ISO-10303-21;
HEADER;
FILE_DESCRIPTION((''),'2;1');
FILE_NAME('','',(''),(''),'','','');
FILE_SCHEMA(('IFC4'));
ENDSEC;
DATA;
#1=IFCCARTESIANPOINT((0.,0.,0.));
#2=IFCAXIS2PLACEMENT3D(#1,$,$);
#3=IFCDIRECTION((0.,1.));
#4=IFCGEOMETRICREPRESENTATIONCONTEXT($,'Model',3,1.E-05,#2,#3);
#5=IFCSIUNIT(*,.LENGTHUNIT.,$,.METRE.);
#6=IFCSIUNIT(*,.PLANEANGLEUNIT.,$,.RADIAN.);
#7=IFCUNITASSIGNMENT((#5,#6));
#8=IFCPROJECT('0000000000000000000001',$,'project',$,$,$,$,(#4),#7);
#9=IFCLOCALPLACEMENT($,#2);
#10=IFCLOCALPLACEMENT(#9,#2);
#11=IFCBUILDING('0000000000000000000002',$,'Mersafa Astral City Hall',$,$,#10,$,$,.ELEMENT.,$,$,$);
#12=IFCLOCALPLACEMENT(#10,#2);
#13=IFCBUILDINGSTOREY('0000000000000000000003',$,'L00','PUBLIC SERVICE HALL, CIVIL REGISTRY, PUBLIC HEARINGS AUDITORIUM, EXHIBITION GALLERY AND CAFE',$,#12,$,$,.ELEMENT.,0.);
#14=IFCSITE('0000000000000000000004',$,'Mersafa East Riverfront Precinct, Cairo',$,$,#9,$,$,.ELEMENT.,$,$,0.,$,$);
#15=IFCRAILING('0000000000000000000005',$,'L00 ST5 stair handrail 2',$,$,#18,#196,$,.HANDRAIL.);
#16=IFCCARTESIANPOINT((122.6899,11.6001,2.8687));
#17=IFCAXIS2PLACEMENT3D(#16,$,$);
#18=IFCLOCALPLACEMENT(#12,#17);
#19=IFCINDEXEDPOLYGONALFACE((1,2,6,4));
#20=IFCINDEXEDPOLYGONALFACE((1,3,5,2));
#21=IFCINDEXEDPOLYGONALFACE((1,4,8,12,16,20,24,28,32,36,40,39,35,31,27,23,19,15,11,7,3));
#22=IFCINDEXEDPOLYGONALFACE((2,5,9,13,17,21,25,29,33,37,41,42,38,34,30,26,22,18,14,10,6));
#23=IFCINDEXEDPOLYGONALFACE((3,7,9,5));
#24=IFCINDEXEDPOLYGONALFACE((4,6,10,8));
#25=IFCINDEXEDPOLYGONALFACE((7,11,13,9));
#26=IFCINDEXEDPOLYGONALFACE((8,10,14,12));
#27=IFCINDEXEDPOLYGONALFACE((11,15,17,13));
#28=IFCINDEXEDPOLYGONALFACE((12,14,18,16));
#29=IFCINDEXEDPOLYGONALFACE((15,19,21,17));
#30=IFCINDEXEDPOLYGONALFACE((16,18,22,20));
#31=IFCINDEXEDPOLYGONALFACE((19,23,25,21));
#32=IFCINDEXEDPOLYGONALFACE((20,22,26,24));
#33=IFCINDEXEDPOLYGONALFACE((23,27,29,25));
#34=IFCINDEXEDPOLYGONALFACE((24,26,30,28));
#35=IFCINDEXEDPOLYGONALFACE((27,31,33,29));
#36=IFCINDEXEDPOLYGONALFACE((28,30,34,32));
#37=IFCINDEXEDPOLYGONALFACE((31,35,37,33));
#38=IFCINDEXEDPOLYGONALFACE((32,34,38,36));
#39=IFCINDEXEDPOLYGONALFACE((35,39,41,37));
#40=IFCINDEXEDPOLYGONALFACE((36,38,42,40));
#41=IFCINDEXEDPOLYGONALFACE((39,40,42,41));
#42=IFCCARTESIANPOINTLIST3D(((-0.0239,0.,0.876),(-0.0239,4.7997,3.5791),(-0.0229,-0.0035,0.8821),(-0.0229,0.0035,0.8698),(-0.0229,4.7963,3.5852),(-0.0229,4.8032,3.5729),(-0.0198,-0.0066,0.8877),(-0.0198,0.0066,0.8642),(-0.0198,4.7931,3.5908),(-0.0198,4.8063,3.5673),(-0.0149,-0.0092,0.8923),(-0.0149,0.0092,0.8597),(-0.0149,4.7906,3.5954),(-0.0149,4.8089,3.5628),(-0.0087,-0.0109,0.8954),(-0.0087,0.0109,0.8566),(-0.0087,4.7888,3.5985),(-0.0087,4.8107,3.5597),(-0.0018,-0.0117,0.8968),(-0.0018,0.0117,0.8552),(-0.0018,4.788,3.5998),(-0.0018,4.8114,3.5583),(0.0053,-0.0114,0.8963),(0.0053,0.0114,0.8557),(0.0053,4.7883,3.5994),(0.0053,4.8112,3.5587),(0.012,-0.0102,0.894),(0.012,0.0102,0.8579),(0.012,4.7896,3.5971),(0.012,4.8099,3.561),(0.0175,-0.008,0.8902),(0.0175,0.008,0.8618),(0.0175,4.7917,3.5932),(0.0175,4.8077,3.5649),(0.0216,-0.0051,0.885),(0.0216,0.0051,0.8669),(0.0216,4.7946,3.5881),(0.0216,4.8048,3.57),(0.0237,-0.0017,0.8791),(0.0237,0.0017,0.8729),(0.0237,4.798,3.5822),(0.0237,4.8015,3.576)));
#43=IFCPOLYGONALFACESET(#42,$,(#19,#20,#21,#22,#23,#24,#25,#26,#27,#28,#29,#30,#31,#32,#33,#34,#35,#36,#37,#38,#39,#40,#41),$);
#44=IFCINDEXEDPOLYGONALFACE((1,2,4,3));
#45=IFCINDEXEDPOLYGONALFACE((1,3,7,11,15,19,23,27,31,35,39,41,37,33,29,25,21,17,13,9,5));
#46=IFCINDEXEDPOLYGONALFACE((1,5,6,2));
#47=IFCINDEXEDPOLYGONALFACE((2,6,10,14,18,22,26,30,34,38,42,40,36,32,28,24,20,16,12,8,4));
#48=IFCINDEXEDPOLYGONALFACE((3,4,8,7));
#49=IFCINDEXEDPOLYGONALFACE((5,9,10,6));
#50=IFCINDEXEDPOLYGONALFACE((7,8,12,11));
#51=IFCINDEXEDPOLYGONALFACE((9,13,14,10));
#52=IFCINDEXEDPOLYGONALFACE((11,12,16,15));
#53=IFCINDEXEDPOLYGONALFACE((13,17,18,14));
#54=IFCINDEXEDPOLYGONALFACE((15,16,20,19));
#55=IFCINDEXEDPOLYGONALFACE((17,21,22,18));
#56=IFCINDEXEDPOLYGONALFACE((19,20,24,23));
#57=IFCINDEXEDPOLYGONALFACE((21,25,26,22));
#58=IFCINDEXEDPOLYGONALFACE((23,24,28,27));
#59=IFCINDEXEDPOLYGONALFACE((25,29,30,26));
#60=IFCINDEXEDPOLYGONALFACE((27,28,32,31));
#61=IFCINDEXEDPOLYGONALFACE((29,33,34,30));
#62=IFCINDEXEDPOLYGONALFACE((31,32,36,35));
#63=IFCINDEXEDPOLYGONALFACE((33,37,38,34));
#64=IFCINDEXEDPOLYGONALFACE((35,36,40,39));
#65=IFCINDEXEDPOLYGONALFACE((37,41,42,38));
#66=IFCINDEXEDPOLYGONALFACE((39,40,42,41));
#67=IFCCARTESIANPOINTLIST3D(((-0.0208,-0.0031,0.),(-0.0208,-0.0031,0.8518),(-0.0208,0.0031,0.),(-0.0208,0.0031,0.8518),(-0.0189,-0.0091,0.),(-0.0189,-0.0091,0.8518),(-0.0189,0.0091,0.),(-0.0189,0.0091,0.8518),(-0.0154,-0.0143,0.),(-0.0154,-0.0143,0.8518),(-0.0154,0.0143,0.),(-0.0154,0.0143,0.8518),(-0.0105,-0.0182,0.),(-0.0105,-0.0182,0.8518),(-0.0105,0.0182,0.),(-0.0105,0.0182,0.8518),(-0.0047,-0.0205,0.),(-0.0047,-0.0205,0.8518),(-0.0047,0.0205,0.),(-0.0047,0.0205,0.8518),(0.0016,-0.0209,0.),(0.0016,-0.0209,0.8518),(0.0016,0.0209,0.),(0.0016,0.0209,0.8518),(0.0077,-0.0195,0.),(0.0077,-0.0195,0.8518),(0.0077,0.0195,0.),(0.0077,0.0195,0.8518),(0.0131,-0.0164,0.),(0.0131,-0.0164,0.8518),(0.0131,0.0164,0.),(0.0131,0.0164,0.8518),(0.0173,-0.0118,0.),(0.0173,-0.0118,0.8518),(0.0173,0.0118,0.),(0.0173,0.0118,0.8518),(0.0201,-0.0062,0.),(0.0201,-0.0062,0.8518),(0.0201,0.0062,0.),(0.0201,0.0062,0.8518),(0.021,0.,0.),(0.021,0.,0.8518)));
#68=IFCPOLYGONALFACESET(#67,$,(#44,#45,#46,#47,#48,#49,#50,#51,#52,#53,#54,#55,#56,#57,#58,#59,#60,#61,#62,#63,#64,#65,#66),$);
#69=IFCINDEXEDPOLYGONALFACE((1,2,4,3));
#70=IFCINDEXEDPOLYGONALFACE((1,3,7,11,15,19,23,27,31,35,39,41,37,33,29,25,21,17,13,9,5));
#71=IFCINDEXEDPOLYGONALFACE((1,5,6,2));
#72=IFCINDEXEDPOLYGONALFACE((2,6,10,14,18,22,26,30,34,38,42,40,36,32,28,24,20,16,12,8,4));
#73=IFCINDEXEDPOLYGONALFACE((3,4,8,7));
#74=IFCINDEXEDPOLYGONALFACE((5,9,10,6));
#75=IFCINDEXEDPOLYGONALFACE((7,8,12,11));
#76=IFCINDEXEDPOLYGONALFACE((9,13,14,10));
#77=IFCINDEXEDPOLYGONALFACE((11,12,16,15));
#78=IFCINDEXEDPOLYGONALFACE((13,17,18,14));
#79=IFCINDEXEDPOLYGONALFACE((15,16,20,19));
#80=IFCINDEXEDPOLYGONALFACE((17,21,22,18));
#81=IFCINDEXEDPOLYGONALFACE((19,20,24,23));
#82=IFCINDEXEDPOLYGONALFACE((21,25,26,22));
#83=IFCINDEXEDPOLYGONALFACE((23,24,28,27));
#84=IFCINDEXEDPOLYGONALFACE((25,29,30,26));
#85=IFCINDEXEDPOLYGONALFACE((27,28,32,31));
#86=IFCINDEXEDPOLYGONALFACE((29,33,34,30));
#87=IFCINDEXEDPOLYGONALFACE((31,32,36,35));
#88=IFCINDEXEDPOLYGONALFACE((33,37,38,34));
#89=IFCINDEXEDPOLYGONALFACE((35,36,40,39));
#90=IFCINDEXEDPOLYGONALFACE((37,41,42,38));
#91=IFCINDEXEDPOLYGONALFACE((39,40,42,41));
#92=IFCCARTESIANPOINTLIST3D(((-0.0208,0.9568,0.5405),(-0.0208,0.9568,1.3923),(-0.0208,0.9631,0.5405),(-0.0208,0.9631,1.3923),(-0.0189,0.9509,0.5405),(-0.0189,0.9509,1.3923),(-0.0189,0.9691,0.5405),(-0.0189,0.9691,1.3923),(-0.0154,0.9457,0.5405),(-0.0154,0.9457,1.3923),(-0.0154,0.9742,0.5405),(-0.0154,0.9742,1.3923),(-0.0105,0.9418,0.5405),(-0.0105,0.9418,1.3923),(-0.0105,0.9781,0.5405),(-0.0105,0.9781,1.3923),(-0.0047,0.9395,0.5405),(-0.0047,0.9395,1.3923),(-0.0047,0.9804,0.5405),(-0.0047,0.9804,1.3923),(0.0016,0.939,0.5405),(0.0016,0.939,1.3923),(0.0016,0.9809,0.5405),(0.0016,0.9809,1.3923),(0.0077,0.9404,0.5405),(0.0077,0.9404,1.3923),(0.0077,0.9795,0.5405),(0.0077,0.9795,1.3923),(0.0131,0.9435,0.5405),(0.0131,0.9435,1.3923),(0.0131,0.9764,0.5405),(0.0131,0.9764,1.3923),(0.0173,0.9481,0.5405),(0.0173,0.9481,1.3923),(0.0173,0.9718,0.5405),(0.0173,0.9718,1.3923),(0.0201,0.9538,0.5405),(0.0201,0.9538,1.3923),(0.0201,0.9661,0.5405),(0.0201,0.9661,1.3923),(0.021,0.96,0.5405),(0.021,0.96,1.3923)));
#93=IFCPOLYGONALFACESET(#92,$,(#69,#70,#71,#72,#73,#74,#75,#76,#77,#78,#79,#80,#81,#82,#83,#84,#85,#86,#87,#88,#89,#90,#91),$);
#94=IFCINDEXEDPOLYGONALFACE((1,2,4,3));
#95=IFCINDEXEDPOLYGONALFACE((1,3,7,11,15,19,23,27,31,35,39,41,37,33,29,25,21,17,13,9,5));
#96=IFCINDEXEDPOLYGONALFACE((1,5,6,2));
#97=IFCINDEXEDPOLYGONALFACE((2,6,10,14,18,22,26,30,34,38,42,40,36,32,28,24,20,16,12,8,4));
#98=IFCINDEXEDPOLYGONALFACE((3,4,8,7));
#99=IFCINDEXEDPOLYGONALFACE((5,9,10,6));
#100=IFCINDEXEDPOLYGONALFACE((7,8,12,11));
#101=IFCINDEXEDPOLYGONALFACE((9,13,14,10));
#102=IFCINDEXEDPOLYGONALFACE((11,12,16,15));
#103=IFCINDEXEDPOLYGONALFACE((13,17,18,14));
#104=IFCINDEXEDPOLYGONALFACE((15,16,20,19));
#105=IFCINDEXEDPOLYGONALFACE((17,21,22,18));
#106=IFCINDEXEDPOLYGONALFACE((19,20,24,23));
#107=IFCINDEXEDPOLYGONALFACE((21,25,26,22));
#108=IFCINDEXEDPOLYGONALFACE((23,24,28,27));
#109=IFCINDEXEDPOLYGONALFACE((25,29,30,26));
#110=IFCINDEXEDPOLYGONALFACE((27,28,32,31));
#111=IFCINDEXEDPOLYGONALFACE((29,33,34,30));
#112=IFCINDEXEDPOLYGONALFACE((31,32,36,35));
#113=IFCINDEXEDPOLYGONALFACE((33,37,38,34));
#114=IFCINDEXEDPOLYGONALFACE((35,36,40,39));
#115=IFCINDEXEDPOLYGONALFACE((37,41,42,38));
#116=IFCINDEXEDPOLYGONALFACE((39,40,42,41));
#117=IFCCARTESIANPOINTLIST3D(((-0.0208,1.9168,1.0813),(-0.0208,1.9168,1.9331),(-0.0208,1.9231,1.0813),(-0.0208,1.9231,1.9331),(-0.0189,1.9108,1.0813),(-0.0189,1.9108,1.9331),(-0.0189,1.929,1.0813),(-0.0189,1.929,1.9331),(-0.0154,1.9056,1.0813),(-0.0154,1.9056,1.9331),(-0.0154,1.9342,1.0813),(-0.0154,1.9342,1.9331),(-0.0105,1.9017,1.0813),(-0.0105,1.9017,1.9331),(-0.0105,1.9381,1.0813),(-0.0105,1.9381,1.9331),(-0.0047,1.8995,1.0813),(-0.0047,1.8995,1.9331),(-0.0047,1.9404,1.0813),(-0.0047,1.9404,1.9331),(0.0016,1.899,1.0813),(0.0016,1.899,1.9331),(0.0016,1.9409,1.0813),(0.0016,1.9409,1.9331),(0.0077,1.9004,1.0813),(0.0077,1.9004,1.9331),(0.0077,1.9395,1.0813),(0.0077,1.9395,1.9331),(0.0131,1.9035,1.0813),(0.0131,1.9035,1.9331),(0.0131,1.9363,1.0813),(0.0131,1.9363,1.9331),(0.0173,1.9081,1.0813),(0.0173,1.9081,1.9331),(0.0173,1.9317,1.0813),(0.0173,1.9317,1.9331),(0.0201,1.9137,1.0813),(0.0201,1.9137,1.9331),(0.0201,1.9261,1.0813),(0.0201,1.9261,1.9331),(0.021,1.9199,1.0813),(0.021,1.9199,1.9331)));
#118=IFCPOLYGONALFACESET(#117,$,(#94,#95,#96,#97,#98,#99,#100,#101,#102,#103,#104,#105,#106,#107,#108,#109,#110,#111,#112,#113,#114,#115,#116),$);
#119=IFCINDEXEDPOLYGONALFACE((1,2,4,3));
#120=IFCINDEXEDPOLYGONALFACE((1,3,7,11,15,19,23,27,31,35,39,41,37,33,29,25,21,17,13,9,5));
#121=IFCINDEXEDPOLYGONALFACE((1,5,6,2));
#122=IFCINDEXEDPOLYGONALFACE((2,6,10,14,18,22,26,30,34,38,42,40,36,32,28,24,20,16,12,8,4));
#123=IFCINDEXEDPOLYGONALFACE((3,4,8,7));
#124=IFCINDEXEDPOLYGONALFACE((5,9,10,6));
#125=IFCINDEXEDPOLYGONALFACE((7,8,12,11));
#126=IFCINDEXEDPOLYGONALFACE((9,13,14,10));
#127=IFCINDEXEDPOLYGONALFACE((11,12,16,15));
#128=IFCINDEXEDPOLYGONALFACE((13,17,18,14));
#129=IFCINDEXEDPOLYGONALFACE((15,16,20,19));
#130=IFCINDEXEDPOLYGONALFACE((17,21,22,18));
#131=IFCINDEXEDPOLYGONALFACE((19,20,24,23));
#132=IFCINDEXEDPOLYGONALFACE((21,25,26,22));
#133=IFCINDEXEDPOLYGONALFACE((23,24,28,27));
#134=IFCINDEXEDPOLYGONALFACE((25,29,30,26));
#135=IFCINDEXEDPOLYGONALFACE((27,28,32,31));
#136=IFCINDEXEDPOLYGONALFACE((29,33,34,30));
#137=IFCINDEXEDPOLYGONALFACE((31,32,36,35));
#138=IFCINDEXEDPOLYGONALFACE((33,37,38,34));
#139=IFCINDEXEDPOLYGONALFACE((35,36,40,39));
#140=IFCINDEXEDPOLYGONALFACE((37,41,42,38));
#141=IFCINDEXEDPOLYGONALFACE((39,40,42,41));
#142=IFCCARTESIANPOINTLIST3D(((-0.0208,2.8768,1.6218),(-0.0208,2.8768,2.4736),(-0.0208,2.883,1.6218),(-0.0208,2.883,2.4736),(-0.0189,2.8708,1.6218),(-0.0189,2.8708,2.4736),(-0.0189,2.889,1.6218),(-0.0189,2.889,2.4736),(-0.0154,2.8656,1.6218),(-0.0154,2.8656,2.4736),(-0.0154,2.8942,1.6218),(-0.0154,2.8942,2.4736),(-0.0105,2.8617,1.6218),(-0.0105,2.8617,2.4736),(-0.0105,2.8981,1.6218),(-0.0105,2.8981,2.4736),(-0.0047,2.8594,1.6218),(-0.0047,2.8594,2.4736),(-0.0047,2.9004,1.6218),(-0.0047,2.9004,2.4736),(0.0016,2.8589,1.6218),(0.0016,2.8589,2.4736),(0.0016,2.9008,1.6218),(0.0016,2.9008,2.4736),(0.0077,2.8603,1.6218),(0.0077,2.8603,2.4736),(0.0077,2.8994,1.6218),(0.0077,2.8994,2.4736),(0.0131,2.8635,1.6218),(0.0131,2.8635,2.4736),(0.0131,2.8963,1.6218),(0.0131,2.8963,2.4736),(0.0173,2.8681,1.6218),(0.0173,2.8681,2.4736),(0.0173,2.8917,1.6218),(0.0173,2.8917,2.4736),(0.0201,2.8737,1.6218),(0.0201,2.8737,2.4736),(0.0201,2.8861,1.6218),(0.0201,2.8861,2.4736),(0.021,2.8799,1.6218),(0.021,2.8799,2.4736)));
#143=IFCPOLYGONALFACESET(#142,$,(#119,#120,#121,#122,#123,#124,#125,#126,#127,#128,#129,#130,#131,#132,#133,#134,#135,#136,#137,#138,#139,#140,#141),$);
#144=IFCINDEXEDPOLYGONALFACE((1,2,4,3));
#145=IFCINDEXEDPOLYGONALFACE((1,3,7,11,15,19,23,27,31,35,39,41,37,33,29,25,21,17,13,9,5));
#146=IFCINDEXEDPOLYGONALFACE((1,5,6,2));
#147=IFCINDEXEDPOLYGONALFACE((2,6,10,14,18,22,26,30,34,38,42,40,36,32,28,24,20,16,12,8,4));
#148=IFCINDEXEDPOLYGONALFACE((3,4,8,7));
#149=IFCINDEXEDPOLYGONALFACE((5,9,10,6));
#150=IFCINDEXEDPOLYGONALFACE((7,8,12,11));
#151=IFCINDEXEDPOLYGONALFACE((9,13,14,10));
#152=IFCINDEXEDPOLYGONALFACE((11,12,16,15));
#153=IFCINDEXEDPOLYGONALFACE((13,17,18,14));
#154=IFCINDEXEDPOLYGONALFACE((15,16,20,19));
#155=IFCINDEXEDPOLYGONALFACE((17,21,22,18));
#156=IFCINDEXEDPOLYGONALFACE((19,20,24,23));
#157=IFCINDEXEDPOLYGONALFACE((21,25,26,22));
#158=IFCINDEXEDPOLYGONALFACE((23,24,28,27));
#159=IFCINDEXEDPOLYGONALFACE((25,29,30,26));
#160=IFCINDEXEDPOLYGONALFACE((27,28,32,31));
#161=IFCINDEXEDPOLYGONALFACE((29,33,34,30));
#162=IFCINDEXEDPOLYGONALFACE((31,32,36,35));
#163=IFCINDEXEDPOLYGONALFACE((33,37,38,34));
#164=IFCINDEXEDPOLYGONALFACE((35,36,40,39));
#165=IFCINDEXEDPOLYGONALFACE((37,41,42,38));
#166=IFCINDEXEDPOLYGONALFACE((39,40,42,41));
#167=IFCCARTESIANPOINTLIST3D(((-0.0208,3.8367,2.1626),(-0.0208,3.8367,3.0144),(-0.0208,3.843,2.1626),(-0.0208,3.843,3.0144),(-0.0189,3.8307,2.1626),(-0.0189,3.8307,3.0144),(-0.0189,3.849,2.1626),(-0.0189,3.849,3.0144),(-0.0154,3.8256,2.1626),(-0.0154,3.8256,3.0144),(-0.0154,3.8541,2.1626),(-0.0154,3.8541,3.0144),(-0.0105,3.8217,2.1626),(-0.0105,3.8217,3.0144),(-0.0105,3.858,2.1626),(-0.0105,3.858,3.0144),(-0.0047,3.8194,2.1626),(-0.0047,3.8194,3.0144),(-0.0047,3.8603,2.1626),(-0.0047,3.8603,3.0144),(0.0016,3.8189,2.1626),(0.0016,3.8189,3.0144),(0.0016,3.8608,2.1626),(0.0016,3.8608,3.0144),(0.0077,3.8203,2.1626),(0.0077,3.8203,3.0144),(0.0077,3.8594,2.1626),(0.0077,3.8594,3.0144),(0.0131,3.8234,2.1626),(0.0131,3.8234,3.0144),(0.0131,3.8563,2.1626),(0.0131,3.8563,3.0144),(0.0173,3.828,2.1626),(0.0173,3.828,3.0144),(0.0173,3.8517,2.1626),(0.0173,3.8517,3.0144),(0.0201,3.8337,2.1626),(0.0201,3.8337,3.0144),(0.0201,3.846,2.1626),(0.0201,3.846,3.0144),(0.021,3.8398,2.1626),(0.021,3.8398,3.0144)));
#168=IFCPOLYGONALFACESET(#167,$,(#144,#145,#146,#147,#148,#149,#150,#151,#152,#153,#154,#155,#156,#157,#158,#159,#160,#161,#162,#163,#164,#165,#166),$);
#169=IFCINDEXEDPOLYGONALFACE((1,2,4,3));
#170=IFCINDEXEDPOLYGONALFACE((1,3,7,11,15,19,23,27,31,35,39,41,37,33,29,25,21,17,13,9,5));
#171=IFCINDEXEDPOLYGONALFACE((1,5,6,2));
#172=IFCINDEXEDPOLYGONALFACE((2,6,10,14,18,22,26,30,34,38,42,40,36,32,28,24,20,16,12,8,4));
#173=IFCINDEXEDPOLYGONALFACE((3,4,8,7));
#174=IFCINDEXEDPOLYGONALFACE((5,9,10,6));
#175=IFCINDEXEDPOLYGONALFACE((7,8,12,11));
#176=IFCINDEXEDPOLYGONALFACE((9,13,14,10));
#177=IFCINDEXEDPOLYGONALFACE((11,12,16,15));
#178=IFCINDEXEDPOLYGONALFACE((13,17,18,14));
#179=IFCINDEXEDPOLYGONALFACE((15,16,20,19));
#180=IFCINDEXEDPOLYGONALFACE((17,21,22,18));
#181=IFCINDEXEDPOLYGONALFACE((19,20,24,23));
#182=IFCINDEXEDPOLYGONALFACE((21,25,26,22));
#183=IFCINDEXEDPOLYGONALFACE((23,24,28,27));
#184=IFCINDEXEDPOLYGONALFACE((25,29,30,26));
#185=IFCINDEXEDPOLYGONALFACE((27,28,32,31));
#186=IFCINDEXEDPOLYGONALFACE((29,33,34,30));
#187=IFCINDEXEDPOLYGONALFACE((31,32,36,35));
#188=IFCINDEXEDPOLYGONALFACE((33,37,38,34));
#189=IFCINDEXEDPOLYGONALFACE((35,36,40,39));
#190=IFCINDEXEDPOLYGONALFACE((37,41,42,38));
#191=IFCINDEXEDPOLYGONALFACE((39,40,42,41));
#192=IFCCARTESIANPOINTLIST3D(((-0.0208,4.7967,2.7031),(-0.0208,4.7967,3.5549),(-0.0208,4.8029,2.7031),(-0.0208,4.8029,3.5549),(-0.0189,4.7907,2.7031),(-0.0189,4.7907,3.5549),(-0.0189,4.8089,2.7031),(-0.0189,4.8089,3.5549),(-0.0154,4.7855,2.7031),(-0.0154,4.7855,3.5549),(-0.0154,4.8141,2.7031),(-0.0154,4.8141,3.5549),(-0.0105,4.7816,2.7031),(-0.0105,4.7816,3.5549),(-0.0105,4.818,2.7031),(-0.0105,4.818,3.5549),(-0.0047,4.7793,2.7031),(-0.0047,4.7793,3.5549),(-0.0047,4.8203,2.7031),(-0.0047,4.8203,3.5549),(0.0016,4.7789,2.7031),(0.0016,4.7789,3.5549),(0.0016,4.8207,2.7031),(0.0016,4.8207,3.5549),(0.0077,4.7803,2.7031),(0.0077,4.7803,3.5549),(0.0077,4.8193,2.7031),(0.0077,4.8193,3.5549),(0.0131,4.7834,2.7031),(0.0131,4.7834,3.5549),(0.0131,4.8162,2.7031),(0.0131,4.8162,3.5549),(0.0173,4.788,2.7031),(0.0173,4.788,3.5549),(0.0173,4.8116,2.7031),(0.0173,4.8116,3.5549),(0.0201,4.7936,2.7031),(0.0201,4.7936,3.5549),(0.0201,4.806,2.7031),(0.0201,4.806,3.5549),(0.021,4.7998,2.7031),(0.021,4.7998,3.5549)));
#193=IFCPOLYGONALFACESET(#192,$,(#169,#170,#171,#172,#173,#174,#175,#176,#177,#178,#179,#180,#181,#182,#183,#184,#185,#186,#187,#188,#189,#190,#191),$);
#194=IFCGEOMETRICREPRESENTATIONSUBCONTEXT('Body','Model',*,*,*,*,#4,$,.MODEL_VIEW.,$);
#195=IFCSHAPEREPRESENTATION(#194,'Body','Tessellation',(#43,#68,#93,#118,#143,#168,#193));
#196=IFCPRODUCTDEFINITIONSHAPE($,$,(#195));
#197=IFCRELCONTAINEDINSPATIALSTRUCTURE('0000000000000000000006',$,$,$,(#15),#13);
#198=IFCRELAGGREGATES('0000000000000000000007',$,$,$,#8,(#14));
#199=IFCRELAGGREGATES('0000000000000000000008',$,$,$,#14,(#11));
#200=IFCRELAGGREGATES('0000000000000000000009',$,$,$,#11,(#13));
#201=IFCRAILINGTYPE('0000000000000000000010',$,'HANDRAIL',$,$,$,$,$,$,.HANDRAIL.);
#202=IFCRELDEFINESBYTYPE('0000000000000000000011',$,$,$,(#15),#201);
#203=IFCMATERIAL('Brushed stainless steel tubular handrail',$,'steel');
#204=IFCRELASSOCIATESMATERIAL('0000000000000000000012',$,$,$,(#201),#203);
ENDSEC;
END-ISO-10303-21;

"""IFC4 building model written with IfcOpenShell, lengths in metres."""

from ifc_helpers import new_model, si_unit, direction, frame, origin, origin_2d, place, context, subcontext, project, spatial, circle, extrude, material, type_object, element, save


model = new_model("IFC4")

# Units and contexts
model_context = context("Model", 3, precision=1e-05, world=origin(), true_north=direction((0.0, 1.0)))
body_context = subcontext(model_context, "Body", "Model", "MODEL_VIEW")
ifc_project = project(units=[si_unit("LENGTHUNIT", "METRE"), si_unit("PLANEANGLEUNIT", "RADIAN")], contexts=[model_context])

# Site, building, storey
site_placement = place(None, origin())
site = spatial("IfcSite", under=ifc_project, at=site_placement, Name="Mersafa East Riverfront Precinct, Cairo", CompositionType="ELEMENT", RefElevation=0.0)
building_placement = place(site_placement, origin())
building = spatial("IfcBuilding", under=site, at=building_placement, Name="Mersafa Astral City Hall", CompositionType="ELEMENT")
storey_placement = place(building_placement, origin())
storey = spatial("IfcBuildingStorey", under=building, at=storey_placement, Name="L00", Description="PUBLIC SERVICE HALL, CIVIL REGISTRY, PUBLIC HEARINGS AUDITORIUM, EXHIBITION GALLERY AND CAFE", CompositionType="ELEMENT", Elevation=0.0)

# Railing
ifc_material_1 = material(Name="Brushed stainless steel tubular handrail", Category="steel")
railing_type_1 = type_object("IfcRailingType", Name="HANDRAIL", PredefinedType="HANDRAIL", material=ifc_material_1)
railing_1_placement = place(storey_placement, frame((122.6899, 11.6001, 2.8687)))
element("IfcRailing", 1, at=railing_1_placement, inside=storey, type_object=railing_type_1, Name="L00 ST5 stair handrail 2", PredefinedType="HANDRAIL", context=body_context, shape_type="SweptSolid", body=[
    extrude(circle(Radius=0.0239, at=origin_2d()), frame((0.0, 0.0, 0.876), z_axis=(0.0, 0.871324, 0.490707), x_axis=(-1.0, 0.0, 0.0)), (0.0, 0.0, 1.0), 5.5085),
    extrude(circle(Radius=0.021, at=origin_2d()), origin(), (0.0, 0.0, 1.0), 0.8518),
    extrude(circle(Radius=0.021, at=origin_2d()), frame((0.0, 0.96, 0.5405)), (0.0, 0.0, 1.0), 0.8518),
    extrude(circle(Radius=0.021, at=origin_2d()), frame((0.0, 1.9199, 1.0813)), (0.0, 0.0, 1.0), 0.8518),
    extrude(circle(Radius=0.021, at=origin_2d()), frame((0.0, 2.8799, 1.6218)), (0.0, 0.0, 1.0), 0.8518),
    extrude(circle(Radius=0.021, at=origin_2d()), frame((0.0, 3.8398, 2.1626)), (0.0, 0.0, 1.0), 0.8518),
    extrude(circle(Radius=0.021, at=origin_2d()), frame((0.0, 4.7998, 2.7031)), (0.0, 0.0, 1.0), 0.8518),
])

save(model, "model.ifc")
